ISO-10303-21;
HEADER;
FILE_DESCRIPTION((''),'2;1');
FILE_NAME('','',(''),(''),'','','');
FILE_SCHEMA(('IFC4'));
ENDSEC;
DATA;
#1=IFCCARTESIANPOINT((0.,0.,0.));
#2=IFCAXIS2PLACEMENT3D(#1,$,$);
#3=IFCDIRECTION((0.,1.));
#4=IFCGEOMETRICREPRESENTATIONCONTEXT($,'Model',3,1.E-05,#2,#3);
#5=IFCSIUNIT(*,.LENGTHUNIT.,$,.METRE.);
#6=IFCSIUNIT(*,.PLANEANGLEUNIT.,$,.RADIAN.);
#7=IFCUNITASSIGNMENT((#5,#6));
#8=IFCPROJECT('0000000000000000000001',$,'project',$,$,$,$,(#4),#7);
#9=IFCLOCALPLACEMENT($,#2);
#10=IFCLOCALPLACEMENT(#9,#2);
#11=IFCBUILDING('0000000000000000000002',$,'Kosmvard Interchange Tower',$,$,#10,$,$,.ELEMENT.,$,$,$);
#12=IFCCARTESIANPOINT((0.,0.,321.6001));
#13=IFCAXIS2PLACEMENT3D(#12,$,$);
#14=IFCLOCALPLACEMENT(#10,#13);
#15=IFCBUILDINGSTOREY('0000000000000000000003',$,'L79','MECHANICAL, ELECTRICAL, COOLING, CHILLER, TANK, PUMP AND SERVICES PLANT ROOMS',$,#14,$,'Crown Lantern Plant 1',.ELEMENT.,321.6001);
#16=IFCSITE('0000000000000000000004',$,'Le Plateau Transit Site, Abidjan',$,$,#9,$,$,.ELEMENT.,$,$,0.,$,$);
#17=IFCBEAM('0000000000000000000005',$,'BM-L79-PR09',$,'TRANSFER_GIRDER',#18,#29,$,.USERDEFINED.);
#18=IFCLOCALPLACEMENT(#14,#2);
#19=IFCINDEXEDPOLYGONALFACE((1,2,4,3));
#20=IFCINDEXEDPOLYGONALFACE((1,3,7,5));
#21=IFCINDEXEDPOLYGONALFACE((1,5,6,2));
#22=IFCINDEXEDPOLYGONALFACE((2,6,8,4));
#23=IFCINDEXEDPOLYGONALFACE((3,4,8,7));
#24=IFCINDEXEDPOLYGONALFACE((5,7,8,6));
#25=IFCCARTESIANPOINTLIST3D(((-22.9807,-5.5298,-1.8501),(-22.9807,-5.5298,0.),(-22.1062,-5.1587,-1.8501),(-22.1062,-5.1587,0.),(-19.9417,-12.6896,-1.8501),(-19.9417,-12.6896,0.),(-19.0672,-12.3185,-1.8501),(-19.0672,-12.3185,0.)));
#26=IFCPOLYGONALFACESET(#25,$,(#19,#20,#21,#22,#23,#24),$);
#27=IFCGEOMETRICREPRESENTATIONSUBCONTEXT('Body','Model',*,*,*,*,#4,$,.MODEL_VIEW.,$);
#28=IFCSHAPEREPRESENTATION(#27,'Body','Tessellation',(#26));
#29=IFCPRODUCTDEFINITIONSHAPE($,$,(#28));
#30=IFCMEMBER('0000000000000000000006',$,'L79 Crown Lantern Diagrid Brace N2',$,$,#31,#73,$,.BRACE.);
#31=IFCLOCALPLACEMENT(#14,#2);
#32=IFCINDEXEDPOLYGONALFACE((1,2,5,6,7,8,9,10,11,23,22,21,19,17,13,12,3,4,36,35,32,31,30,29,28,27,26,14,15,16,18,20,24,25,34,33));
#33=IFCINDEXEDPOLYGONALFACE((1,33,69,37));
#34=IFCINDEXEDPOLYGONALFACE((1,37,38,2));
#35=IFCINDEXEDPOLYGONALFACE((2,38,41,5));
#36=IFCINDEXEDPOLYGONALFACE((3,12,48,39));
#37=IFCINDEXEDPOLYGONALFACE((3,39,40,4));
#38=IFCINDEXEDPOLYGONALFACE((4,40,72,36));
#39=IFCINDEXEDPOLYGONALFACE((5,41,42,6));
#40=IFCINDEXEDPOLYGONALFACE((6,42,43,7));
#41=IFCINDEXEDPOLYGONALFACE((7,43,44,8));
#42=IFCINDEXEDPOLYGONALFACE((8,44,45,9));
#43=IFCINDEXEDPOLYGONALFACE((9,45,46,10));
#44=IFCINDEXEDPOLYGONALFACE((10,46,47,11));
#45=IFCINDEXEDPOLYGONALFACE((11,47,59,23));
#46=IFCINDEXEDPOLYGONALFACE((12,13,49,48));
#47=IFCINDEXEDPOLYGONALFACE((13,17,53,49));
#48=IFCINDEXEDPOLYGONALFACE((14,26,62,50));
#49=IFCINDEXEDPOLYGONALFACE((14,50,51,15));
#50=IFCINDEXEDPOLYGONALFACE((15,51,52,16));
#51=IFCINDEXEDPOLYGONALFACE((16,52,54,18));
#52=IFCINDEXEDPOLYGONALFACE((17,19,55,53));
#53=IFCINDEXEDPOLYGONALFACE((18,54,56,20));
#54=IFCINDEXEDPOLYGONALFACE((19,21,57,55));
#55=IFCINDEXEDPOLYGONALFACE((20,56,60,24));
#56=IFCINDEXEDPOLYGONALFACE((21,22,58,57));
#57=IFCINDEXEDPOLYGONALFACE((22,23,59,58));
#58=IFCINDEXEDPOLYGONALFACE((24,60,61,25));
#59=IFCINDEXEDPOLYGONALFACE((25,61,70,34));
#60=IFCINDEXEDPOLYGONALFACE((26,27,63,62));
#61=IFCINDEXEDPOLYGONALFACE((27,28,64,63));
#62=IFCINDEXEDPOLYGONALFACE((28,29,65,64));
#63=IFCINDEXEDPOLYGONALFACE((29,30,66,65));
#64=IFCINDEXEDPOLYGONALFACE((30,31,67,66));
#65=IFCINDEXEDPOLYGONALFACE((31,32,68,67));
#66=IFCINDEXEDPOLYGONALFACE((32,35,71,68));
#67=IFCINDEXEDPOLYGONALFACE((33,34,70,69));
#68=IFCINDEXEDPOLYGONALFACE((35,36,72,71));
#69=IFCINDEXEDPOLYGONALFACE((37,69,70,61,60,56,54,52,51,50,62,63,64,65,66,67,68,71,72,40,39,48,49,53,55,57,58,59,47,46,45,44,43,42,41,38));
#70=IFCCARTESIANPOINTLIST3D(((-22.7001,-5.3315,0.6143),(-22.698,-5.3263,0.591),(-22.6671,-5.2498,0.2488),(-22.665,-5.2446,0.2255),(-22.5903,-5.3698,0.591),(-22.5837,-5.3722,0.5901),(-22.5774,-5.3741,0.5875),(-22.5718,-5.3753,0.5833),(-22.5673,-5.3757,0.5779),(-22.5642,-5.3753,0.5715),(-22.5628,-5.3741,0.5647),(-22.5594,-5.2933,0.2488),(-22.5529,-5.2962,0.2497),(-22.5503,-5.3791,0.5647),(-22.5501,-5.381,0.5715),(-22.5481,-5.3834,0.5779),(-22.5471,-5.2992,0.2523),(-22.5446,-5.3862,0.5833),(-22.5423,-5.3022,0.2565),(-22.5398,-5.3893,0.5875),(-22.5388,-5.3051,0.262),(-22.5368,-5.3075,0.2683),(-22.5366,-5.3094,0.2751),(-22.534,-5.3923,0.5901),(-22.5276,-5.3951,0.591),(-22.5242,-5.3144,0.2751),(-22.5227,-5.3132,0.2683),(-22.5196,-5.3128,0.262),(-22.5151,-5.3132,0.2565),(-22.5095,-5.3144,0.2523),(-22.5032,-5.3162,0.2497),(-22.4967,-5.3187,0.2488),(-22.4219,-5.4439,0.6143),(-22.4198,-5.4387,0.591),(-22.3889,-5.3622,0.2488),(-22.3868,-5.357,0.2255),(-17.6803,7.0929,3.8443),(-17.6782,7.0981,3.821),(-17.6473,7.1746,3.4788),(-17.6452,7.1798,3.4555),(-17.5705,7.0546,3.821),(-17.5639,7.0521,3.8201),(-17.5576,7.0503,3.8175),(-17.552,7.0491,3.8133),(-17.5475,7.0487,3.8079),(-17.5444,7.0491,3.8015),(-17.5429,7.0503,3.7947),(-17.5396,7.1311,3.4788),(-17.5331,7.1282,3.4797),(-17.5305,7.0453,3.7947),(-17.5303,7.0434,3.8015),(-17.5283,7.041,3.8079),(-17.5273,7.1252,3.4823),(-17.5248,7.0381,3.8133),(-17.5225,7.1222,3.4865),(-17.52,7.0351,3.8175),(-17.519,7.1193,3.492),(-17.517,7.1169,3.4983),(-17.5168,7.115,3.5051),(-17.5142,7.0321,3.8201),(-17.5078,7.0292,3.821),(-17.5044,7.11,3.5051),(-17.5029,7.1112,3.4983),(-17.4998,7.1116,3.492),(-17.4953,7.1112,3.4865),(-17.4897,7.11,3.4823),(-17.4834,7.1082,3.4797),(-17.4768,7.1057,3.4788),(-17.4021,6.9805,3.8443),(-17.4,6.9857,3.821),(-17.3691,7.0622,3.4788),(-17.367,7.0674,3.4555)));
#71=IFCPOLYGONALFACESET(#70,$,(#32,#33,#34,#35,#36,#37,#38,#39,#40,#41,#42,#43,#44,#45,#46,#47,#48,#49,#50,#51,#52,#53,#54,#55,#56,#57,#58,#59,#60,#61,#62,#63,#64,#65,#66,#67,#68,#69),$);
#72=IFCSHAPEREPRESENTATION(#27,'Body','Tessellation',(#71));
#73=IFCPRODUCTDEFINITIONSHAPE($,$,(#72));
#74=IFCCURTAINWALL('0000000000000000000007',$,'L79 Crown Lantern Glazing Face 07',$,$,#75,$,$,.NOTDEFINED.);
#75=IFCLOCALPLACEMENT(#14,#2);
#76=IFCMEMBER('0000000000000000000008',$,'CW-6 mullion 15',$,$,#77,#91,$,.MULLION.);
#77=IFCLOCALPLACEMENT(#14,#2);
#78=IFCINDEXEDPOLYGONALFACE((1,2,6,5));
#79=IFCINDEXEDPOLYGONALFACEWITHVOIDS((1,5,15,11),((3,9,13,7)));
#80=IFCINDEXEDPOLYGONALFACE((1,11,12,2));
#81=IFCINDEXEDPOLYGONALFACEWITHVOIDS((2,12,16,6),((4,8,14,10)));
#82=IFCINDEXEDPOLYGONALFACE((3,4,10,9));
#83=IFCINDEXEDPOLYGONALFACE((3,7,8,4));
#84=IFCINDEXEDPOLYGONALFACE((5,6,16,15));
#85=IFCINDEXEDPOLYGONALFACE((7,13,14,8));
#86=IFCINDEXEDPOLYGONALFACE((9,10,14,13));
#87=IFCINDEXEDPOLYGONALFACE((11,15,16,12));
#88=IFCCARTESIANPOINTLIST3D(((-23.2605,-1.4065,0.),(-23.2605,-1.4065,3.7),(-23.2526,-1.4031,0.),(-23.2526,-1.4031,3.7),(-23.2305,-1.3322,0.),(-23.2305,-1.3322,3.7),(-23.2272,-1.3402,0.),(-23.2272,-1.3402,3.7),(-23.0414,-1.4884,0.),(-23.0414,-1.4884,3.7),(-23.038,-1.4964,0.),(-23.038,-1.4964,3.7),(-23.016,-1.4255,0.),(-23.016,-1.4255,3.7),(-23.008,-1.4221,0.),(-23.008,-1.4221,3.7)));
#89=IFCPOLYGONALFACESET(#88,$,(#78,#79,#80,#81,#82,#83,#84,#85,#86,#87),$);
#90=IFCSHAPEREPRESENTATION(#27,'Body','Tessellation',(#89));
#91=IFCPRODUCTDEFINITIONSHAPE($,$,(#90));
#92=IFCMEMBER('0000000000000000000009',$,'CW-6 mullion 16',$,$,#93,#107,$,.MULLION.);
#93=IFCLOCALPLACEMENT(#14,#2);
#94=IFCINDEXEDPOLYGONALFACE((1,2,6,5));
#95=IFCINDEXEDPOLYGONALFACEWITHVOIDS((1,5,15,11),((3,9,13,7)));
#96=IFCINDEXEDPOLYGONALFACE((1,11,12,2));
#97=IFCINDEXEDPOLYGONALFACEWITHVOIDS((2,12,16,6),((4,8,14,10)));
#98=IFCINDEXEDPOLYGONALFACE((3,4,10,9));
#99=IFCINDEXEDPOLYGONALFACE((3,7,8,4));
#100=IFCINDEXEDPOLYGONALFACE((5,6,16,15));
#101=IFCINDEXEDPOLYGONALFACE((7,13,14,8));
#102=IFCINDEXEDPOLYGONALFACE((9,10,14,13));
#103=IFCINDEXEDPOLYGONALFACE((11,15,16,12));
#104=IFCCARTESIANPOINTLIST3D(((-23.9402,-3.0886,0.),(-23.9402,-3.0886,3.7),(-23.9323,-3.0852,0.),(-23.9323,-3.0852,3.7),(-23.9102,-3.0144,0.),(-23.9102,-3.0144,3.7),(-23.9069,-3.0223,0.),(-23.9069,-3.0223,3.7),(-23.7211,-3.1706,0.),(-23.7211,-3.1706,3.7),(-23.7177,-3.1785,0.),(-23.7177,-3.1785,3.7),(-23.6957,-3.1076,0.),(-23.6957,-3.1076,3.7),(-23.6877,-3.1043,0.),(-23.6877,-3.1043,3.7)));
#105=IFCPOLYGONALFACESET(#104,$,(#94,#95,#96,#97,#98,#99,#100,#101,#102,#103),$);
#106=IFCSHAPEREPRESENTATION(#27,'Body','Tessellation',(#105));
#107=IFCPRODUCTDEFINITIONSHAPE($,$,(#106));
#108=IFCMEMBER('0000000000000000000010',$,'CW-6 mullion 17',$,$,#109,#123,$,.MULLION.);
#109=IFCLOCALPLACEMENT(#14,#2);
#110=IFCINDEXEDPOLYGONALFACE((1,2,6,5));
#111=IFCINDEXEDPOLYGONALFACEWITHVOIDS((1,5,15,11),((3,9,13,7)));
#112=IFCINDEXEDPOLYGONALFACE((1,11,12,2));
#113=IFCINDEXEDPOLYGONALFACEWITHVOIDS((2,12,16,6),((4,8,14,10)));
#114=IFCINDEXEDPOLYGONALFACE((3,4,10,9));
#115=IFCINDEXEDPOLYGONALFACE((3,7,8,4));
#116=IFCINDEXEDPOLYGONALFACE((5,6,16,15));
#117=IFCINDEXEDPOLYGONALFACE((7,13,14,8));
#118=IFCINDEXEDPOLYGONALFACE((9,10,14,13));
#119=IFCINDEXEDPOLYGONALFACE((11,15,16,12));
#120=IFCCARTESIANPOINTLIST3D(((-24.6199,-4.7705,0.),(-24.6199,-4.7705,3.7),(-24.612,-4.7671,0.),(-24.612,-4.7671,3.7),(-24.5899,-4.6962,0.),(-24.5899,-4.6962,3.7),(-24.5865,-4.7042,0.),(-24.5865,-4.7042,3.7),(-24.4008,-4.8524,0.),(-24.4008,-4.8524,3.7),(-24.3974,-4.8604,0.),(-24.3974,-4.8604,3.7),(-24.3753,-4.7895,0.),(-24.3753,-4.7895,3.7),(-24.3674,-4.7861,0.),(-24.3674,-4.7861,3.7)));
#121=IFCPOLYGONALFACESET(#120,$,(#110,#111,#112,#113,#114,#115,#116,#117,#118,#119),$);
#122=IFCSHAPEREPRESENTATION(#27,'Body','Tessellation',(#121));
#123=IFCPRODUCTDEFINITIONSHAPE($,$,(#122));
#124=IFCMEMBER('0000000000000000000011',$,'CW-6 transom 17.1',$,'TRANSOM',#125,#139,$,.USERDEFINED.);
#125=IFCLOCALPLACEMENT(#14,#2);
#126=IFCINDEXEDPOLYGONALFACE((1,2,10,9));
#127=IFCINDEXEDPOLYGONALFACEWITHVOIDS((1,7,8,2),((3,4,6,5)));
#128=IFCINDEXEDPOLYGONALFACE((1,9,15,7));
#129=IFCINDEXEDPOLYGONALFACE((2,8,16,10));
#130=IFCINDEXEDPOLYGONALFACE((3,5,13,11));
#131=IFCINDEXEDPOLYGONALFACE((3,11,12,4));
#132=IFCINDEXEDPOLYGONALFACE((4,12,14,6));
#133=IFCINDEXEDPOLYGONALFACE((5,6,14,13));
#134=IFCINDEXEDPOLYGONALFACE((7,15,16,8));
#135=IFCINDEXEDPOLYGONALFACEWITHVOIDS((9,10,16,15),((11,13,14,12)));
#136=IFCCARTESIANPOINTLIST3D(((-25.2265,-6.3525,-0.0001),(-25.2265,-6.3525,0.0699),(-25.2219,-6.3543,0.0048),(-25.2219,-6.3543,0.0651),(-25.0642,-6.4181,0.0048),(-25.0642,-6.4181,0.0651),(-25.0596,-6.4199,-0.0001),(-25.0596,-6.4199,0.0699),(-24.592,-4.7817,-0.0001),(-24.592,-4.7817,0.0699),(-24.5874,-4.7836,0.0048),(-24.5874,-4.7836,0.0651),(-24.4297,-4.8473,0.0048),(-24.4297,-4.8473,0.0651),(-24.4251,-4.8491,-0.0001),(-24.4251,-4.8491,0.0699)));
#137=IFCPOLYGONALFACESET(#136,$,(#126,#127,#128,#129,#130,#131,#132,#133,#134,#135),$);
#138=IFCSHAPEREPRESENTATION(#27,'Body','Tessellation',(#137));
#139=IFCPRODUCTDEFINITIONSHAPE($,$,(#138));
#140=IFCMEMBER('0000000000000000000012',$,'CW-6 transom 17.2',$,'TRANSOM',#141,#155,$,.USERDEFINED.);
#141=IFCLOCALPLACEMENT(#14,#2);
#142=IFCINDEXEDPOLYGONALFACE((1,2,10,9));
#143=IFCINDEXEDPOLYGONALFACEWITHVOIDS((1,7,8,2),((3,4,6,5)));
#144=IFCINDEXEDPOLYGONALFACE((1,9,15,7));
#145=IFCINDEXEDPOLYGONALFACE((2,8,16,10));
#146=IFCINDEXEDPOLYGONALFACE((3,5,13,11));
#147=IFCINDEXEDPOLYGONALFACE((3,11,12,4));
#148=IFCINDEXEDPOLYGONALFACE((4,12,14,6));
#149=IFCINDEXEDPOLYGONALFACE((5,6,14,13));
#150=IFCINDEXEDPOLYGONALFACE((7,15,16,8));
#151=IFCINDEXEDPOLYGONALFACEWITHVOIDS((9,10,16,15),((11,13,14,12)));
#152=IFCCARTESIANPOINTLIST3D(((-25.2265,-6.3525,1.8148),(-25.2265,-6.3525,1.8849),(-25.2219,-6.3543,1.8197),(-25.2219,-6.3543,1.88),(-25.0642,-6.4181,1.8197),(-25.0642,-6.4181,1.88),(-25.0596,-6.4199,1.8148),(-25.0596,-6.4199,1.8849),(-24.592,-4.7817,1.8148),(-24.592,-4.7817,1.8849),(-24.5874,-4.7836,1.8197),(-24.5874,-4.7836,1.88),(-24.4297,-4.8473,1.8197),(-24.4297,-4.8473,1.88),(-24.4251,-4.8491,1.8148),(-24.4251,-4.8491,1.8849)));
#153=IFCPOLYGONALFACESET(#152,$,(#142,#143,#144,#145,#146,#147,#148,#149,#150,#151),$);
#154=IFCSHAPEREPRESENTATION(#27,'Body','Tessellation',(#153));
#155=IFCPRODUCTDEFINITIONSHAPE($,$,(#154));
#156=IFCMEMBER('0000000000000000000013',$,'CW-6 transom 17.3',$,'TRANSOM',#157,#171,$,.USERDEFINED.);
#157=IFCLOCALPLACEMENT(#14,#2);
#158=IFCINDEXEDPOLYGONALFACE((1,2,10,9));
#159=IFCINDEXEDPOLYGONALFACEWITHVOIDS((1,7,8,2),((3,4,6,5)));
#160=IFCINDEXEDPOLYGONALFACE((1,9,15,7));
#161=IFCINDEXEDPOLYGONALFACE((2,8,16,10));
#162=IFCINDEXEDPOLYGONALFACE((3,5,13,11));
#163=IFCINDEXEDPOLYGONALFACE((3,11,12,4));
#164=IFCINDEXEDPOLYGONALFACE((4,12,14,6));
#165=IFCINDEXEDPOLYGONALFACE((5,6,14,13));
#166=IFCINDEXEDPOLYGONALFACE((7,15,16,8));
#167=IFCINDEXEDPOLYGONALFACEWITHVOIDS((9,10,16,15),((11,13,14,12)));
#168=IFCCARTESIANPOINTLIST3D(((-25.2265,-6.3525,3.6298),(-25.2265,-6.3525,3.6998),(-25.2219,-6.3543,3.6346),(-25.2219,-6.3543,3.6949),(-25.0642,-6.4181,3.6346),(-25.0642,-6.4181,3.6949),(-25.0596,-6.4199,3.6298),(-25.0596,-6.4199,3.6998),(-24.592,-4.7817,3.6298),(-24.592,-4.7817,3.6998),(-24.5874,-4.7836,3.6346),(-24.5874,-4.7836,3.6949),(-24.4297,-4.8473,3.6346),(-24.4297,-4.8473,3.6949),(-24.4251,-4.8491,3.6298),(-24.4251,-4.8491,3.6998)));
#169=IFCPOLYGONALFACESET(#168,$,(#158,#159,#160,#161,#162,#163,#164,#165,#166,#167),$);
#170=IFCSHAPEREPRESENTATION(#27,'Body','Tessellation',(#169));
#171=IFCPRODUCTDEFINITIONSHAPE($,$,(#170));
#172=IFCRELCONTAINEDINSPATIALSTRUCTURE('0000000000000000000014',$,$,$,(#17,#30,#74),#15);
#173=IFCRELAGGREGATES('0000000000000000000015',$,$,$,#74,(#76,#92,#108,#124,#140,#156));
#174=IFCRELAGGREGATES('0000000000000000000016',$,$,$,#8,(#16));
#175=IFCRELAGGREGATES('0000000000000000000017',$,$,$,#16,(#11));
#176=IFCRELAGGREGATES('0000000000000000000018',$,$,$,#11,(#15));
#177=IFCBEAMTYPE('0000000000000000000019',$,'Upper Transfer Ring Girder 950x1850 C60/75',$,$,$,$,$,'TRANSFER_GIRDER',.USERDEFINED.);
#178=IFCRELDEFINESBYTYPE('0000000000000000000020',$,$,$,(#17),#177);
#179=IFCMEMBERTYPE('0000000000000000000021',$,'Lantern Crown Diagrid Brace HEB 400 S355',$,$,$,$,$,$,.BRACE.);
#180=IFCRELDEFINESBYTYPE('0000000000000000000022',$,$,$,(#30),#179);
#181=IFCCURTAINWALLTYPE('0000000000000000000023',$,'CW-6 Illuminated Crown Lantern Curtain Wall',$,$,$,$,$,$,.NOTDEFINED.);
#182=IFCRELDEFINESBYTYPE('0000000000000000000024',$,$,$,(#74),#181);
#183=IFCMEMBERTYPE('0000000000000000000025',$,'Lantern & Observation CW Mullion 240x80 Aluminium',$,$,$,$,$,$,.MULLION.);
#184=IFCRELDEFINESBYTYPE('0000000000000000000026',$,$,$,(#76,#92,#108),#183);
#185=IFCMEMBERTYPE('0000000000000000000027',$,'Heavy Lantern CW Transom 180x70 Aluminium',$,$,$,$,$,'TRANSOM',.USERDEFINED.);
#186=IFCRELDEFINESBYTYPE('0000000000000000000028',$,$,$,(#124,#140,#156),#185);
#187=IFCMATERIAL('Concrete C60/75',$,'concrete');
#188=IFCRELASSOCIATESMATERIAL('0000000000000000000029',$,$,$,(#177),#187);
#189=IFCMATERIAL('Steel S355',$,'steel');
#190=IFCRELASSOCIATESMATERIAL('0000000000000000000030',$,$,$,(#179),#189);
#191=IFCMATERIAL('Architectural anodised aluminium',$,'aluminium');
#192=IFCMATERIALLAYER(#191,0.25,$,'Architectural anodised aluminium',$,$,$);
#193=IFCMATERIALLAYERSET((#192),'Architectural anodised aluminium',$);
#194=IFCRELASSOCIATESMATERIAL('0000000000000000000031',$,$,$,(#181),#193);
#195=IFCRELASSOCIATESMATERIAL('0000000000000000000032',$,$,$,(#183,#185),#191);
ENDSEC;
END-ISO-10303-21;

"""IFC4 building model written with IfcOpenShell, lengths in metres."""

from ifc_helpers import new_model, si_unit, direction, frame, origin, origin_2d, place, context, subcontext, project, spatial, rectangle, hollow_rectangle, i_section, extrude, source, transform, mapped, material, layer, layer_set, material_profile, profile_set, type_object, element, aggregate, save


model = new_model("IFC4")

# Units and contexts
model_context = context("Model", 3, precision=1e-05, world=origin(), true_north=direction((0.0, 1.0)))
body_context = subcontext(model_context, "Body", "Model", "MODEL_VIEW")
ifc_project = project(units=[si_unit("LENGTHUNIT", "METRE"), si_unit("PLANEANGLEUNIT", "RADIAN")], contexts=[model_context])

# Site, building, storey
site_placement = place(None, origin())
site = spatial("IfcSite", under=ifc_project, at=site_placement, Name="Le Plateau Transit Site, Abidjan", CompositionType="ELEMENT", RefElevation=0.0)
building_placement = place(site_placement, origin())
building = spatial("IfcBuilding", under=site, at=building_placement, Name="Kosmvard Interchange Tower", CompositionType="ELEMENT")
storey_placement = place(building_placement, frame((0.0, 0.0, 321.6001)))
storey = spatial("IfcBuildingStorey", under=building, at=storey_placement, Name="L79", Description="MECHANICAL, ELECTRICAL, COOLING, CHILLER, TANK, PUMP AND SERVICES PLANT ROOMS", LongName="Crown Lantern Plant 1", CompositionType="ELEMENT", Elevation=321.6001)

# Beam
ifc_material_1 = material(Name="Concrete C60/75", Category="concrete")
ifc_material_profile_1 = material_profile(ifc_material_1, rectangle(XDim=0.95, YDim=1.8501, at=origin_2d()), Name="TG 950x1850")
ifc_profile_set_1 = profile_set([ifc_material_profile_1], Name="Concrete C60/75")
beam_type = type_object("IfcBeamType", Name="Upper Transfer Ring Girder 950x1850 C60/75", ElementType="TRANSFER_GIRDER", PredefinedType="USERDEFINED", material=ifc_profile_set_1)
shared_shape_1 = source(origin(), body_context, "Body", "SweptSolid", [
    extrude(rectangle(XDim=0.95, YDim=1.8501, at=origin_2d()), origin(), (0.0, 0.0, 1.0), 7.7781),
])
beam_placement = place(storey_placement, frame((-22.5435, -5.3442, -0.925), z_axis=(0.390716, -0.920511, 0.0), x_axis=(0.920511, 0.390716, 0.0)))
element("IfcBeam", 1, at=beam_placement, inside=storey, type_object=beam_type, Name="BM-L79-PR09", ObjectType="TRANSFER_GIRDER", PredefinedType="USERDEFINED", context=body_context, shape_type="MappedRepresentation", body=[
    mapped(shared_shape_1, transform((0.0, 0.0, 0.0), scale=1.0)),
])

# Member
ifc_material_2 = material(Name="Steel S355", Category="steel")
ifc_material_profile_2 = material_profile(ifc_material_2, i_section(OverallWidth=0.3, OverallDepth=0.3999, WebThickness=0.0134, FlangeThickness=0.0239, FilletRadius=0.0271, at=origin_2d()), Name="HEB 400")
ifc_profile_set_2 = profile_set([ifc_material_profile_2], Name="Steel S355")
member_type_1 = type_object("IfcMemberType", Name="Lantern Crown Diagrid Brace HEB 400 S355", PredefinedType="BRACE", material=ifc_profile_set_2)
shared_shape_2 = source(origin(), body_context, "Body", "SweptSolid", [
    extrude(i_section(OverallWidth=0.3, OverallDepth=0.3999, WebThickness=0.0134, FlangeThickness=0.0239, FilletRadius=0.0271, at=origin_2d()), origin(), (0.0, 0.0, 1.0), 13.7839),
])
member_1_placement = place(storey_placement, frame((-22.5435, -5.3442, 0.4199), z_axis=(0.364178, 0.901368, 0.234331), x_axis=(-0.927183, 0.374608, 0.0)))
element("IfcMember", 2, at=member_1_placement, inside=storey, type_object=member_type_1, Name="L79 Crown Lantern Diagrid Brace N2", PredefinedType="BRACE", context=body_context, shape_type="MappedRepresentation", body=[
    mapped(shared_shape_2, transform((0.0, 0.0, 0.0), scale=1.0)),
])

# Curtain wall, members
ifc_material_3 = material(Name="Architectural anodised aluminium", Category="aluminium")
ifc_layer_1 = layer(ifc_material_3, 0.25, Name="Architectural anodised aluminium")
ifc_layer_set_1 = layer_set([ifc_layer_1], Name="Architectural anodised aluminium")
curtain_wall_type = type_object("IfcCurtainWallType", Name="CW-6 Illuminated Crown Lantern Curtain Wall", PredefinedType="NOTDEFINED", material=ifc_layer_set_1)
curtain_wall_placement = place(storey_placement, origin())
curtain_wall = element("IfcCurtainWall", 3, at=curtain_wall_placement, inside=storey, type_object=curtain_wall_type, Name="L79 Crown Lantern Glazing Face 07", PredefinedType="NOTDEFINED")
ifc_material_profile_3 = material_profile(ifc_material_3, hollow_rectangle(XDim=0.24, YDim=0.0801, WallThickness=0.0061, at=origin_2d()), Name="CWM 240x80x6")
ifc_profile_set_3 = profile_set([ifc_material_profile_3], Name="Architectural anodised aluminium")
member_type_2 = type_object("IfcMemberType", Name="Lantern & Observation CW Mullion 240x80 Aluminium", PredefinedType="MULLION", material=ifc_profile_set_3)
shared_shape_3 = source(origin(), body_context, "Body", "SweptSolid", [
    extrude(hollow_rectangle(XDim=0.24, YDim=0.0801, WallThickness=0.0061, at=origin_2d()), origin(), (0.0, 0.0, 1.0), 3.7),
])
member_2_placement = place(storey_placement, frame((-23.1343, -1.4143, 0.0), z_axis=(0.0, 0.0, 1.0), x_axis=(0.927184, -0.374607, 0.0)))
member_2 = element("IfcMember", 4, at=member_2_placement, type_object=member_type_2, Name="CW-6 mullion 15", PredefinedType="MULLION", context=body_context, shape_type="MappedRepresentation", body=[
    mapped(shared_shape_3, transform((0.0, 0.0, 0.0), scale=1.0)),
])
member_3_placement = place(storey_placement, frame((-23.814, -3.0964, 0.0), z_axis=(0.0, 0.0, 1.0), x_axis=(0.927184, -0.374607, 0.0)))
member_3 = element("IfcMember", 5, at=member_3_placement, type_object=member_type_2, Name="CW-6 mullion 16", PredefinedType="MULLION", context=body_context, shape_type="MappedRepresentation", body=[
    mapped(shared_shape_3, transform((0.0, 0.0, 0.0), scale=1.0)),
])
member_4_placement = place(storey_placement, frame((-24.4937, -4.7783, 0.0), z_axis=(0.0, 0.0, 1.0), x_axis=(0.927184, -0.374607, 0.0)))
member_4 = element("IfcMember", 6, at=member_4_placement, type_object=member_type_2, Name="CW-6 mullion 17", PredefinedType="MULLION", context=body_context, shape_type="MappedRepresentation", body=[
    mapped(shared_shape_3, transform((0.0, 0.0, 0.0), scale=1.0)),
])
ifc_material_profile_4 = material_profile(ifc_material_3, hollow_rectangle(XDim=0.1799, YDim=0.0701, WallThickness=0.0049, at=origin_2d()), Name="CWT 180x70x5")
ifc_profile_set_4 = profile_set([ifc_material_profile_4], Name="Architectural anodised aluminium")
member_type_3 = type_object("IfcMemberType", Name="Heavy Lantern CW Transom 180x70 Aluminium", ElementType="TRANSOM", PredefinedType="USERDEFINED", material=ifc_profile_set_4)
shared_shape_4 = source(origin(), body_context, "Body", "SweptSolid", [
    extrude(hollow_rectangle(XDim=0.1799, YDim=0.0701, WallThickness=0.0049, at=origin_2d()), origin(), (0.0, 0.0, 1.0), 1.6941),
])
member_5_placement = place(storey_placement, frame((-24.5085, -4.8154, 0.0349), z_axis=(-0.374544, -0.927209, 0.0), x_axis=(0.927209, -0.374544, 0.0)))
member_5 = element("IfcMember", 7, at=member_5_placement, type_object=member_type_3, Name="CW-6 transom 17.1", ObjectType="TRANSOM", PredefinedType="USERDEFINED", context=body_context, shape_type="MappedRepresentation", body=[
    mapped(shared_shape_4, transform((0.0, 0.0, 0.0), scale=1.0)),
])
member_6_placement = place(storey_placement, frame((-24.5085, -4.8154, 1.8499), z_axis=(-0.374544, -0.927209, 0.0), x_axis=(0.927209, -0.374544, 0.0)))
member_6 = element("IfcMember", 8, at=member_6_placement, type_object=member_type_3, Name="CW-6 transom 17.2", ObjectType="TRANSOM", PredefinedType="USERDEFINED", context=body_context, shape_type="MappedRepresentation", body=[
    mapped(shared_shape_4, transform((0.0, 0.0, 0.0), scale=1.0)),
])
member_7_placement = place(storey_placement, frame((-24.5085, -4.8154, 3.6648), z_axis=(-0.374544, -0.927209, 0.0), x_axis=(0.927209, -0.374544, 0.0)))
member_7 = element("IfcMember", 9, at=member_7_placement, type_object=member_type_3, Name="CW-6 transom 17.3", ObjectType="TRANSOM", PredefinedType="USERDEFINED", context=body_context, shape_type="MappedRepresentation", body=[
    mapped(shared_shape_4, transform((0.0, 0.0, 0.0), scale=1.0)),
])

aggregate(curtain_wall, [member_2, member_3, member_4, member_5, member_6, member_7])

save(model, "model.ifc")
